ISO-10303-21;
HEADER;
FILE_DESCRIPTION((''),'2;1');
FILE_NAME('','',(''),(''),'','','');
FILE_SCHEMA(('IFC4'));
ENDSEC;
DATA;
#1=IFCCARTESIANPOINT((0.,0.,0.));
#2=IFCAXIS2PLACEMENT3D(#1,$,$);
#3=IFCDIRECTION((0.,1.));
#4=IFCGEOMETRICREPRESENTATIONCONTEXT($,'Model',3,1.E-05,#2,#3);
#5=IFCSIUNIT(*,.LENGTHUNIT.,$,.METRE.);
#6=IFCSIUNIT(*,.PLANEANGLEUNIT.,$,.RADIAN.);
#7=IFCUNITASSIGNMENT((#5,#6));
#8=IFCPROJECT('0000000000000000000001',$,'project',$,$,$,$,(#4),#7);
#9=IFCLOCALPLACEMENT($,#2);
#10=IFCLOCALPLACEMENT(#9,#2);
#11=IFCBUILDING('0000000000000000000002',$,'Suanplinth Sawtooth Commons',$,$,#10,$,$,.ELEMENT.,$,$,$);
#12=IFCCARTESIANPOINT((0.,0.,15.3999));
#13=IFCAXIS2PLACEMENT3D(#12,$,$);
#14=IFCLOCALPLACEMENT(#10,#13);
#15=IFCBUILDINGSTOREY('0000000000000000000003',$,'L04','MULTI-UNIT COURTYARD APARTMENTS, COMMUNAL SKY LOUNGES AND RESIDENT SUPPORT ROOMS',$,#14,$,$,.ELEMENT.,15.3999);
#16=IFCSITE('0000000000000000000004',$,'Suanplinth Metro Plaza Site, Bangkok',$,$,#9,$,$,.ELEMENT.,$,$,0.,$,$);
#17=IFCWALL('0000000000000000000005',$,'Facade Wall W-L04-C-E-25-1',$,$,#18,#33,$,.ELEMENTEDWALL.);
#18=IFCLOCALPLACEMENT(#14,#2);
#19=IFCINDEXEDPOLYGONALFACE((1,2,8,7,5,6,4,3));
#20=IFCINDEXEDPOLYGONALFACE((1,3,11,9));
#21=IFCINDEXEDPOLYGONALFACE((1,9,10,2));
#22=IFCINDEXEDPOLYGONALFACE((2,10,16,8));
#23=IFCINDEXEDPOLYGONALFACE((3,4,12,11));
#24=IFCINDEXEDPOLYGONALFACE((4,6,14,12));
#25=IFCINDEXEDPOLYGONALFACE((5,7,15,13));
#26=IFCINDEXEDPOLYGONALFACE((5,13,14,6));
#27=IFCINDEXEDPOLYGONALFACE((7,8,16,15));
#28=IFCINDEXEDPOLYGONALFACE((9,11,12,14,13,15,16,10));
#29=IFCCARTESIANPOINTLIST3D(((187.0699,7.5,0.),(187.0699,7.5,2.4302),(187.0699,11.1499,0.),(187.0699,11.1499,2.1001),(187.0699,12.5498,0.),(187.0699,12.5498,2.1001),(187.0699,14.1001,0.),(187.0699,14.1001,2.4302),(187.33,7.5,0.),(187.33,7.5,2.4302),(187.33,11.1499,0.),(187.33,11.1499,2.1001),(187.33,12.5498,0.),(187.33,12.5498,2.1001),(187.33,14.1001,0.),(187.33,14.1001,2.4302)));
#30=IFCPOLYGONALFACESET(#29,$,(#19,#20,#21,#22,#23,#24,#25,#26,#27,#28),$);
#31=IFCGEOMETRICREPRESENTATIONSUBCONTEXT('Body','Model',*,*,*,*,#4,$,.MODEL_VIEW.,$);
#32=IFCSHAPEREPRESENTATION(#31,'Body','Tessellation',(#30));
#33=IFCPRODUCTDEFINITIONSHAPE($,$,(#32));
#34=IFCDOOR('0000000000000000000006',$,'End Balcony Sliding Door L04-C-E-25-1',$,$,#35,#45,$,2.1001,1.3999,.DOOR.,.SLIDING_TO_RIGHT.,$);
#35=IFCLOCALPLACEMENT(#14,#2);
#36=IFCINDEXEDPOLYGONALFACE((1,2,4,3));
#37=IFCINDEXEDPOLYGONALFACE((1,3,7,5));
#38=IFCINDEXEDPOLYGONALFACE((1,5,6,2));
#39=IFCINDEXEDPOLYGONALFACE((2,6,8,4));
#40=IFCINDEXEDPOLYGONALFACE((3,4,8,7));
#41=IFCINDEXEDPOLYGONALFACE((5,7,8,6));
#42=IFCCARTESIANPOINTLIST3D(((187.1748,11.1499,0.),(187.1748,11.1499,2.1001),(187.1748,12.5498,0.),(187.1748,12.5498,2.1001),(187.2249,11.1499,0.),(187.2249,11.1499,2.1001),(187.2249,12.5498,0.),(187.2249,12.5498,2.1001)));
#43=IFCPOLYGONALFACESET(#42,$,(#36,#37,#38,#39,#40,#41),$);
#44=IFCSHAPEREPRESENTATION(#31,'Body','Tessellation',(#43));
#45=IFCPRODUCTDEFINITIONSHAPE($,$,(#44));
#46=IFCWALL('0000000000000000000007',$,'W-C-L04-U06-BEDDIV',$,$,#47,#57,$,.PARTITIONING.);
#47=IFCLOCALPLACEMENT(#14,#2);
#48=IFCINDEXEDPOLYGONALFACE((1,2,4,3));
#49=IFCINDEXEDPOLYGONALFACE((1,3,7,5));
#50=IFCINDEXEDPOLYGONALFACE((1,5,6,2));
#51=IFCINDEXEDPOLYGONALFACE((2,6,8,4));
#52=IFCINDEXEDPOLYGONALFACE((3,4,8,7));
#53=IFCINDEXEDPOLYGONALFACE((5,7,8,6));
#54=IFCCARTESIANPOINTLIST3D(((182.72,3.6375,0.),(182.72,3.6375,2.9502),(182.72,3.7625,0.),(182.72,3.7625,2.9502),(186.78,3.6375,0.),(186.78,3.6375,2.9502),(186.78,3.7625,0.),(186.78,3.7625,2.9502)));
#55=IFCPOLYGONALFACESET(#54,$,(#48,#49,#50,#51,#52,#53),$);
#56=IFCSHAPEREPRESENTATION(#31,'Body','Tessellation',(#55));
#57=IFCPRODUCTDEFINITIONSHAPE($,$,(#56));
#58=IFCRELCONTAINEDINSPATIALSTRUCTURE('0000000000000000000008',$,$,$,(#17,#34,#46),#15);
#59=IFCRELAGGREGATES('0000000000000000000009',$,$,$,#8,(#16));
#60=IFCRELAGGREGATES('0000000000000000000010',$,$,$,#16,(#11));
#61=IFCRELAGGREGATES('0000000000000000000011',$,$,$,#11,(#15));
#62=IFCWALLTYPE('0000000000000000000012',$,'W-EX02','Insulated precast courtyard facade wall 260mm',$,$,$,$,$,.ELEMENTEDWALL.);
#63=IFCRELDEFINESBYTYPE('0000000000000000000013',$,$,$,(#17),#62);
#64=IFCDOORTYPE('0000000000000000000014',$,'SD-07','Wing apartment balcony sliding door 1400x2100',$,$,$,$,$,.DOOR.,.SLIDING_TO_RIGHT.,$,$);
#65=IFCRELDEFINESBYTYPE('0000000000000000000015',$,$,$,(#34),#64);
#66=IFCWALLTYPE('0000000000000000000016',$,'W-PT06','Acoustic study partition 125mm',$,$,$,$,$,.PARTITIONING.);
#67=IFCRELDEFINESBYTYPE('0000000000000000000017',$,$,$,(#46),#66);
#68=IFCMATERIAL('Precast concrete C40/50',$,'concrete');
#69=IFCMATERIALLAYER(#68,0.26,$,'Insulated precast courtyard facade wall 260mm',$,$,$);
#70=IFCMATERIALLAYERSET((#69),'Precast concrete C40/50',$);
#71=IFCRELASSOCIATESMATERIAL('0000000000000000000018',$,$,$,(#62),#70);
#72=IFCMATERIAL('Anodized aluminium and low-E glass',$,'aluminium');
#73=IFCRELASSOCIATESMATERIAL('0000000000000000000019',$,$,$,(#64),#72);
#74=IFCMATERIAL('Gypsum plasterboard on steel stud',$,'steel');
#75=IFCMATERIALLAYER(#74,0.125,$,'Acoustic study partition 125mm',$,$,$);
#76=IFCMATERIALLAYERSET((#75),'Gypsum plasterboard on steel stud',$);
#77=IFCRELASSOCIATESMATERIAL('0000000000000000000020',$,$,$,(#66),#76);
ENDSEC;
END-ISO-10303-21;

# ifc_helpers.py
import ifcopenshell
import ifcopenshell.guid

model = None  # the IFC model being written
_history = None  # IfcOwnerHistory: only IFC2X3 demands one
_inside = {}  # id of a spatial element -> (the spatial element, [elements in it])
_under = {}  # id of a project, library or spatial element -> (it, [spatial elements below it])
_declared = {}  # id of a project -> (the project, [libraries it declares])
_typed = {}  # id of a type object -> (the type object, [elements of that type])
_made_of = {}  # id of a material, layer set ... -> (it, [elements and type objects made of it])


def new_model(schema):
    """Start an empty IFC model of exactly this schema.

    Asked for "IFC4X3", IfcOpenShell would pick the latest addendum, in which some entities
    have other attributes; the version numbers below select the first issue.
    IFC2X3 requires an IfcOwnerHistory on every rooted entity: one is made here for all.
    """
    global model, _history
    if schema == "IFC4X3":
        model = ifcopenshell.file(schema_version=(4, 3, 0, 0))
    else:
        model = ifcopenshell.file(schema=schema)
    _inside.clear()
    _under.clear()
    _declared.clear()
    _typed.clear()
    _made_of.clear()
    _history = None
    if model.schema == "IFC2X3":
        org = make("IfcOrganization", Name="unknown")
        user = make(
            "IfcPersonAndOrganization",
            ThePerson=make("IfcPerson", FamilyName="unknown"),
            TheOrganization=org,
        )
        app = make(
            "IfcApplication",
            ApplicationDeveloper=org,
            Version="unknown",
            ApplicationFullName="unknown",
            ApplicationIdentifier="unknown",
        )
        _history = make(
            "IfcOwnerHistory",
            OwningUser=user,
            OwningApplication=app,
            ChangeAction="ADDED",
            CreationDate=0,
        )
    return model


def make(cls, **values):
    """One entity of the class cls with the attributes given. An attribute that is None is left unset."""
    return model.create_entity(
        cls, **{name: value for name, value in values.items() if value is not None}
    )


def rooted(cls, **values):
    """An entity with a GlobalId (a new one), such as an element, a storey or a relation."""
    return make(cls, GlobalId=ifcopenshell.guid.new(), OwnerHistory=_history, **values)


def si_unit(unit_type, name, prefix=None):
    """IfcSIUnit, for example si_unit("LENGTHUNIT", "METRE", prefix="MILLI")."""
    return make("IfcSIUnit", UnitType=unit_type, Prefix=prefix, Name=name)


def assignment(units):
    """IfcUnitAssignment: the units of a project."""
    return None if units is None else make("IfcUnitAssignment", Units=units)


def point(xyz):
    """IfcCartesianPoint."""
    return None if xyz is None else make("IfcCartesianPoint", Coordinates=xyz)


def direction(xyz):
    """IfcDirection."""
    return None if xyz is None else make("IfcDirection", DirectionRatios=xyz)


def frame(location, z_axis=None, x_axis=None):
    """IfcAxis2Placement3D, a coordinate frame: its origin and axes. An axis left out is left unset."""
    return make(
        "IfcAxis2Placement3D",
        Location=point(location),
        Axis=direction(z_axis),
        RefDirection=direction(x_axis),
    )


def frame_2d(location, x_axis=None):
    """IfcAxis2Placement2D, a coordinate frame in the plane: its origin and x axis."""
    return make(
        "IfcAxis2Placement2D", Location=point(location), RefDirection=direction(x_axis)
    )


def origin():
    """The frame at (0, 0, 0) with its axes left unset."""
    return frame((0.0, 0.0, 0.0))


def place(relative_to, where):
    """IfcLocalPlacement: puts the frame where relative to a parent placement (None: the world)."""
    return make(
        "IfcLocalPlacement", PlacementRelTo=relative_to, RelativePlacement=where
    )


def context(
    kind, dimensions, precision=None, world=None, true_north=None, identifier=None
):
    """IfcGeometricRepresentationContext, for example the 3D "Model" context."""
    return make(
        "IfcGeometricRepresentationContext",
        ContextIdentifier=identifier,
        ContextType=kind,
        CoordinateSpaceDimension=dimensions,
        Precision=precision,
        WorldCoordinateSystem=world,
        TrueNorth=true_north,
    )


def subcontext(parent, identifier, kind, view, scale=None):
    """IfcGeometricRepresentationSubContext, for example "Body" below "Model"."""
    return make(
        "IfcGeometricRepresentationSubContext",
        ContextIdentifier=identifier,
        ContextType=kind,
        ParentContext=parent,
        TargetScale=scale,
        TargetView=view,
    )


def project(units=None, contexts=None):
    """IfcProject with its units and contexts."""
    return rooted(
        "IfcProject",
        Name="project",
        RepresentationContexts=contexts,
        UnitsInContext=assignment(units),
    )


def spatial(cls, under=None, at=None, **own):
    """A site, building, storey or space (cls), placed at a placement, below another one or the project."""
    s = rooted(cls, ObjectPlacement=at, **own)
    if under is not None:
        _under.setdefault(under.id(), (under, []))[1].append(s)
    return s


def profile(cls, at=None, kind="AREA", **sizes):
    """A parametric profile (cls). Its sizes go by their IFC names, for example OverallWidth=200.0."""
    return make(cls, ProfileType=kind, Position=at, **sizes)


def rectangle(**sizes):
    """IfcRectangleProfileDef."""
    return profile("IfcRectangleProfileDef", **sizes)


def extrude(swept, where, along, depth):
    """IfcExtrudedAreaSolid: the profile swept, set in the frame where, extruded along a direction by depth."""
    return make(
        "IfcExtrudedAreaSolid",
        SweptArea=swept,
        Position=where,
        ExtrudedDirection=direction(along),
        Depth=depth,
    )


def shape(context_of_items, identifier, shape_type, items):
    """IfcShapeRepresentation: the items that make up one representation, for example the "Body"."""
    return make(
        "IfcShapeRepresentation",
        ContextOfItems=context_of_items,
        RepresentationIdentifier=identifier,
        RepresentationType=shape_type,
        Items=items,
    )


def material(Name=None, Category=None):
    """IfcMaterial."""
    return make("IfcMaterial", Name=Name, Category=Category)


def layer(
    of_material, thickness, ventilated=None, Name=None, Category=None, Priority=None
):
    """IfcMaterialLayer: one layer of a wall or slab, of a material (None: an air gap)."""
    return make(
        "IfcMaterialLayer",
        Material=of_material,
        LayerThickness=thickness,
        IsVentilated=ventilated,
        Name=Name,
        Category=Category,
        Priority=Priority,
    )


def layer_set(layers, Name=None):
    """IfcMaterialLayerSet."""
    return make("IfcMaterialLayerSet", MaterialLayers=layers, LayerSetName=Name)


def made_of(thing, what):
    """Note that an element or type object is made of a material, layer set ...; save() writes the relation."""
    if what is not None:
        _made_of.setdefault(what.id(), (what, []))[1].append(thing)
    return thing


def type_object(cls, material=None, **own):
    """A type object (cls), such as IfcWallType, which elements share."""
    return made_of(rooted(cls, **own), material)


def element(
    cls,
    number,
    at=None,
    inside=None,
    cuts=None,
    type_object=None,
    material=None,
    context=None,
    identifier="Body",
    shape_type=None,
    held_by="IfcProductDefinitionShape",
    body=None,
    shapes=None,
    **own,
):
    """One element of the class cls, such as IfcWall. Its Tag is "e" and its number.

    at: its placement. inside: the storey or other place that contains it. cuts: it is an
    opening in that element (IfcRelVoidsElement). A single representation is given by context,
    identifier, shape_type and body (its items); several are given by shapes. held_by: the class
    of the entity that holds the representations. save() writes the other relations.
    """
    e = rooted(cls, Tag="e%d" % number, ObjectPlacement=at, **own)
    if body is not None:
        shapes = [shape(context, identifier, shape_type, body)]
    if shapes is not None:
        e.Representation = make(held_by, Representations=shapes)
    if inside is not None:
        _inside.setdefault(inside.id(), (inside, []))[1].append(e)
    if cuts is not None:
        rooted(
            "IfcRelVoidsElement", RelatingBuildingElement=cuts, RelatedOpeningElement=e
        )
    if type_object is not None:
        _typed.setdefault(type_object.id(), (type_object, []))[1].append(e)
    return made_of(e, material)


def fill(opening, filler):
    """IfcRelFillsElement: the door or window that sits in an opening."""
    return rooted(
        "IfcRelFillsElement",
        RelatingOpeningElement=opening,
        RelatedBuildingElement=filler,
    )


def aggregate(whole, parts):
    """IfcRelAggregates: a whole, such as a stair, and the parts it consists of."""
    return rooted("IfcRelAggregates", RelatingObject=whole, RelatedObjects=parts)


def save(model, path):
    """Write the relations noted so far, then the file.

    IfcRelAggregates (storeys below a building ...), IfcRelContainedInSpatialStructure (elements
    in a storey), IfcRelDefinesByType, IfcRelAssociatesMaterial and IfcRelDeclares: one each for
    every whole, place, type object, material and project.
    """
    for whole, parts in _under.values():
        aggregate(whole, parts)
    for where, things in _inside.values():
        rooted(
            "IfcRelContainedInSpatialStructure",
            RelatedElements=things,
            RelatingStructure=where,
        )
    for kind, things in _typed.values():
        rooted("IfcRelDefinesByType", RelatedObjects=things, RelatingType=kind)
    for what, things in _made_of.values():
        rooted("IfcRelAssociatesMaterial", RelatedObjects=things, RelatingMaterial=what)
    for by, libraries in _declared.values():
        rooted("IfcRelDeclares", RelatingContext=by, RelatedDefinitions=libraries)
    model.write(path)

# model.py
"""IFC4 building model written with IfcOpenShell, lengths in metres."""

from ifc_helpers import new_model, si_unit, direction, frame, frame_2d, origin, place, context, subcontext, project, spatial, rectangle, extrude, material, layer, layer_set, type_object, element, fill, save


model = new_model("IFC4")

# Units and contexts
model_context = context("Model", 3, precision=1e-05, world=origin(), true_north=direction((0.0, 1.0)))
body_context = subcontext(model_context, "Body", "Model", "MODEL_VIEW")
ifc_project = project(units=[si_unit("LENGTHUNIT", "METRE"), si_unit("PLANEANGLEUNIT", "RADIAN")], contexts=[model_context])

# Site, building, storey
site_placement = place(None, origin())
site = spatial("IfcSite", under=ifc_project, at=site_placement, Name="Suanplinth Metro Plaza Site, Bangkok", CompositionType="ELEMENT", RefElevation=0.0)
building_placement = place(site_placement, origin())
building = spatial("IfcBuilding", under=site, at=building_placement, Name="Suanplinth Sawtooth Commons", CompositionType="ELEMENT")
storey_placement = place(building_placement, frame((0.0, 0.0, 15.3999)))
storey = spatial("IfcBuildingStorey", under=building, at=storey_placement, Name="L04", Description="MULTI-UNIT COURTYARD APARTMENTS, COMMUNAL SKY LOUNGES AND RESIDENT SUPPORT ROOMS", CompositionType="ELEMENT", Elevation=15.3999)

# Shared definitions
ifc_material_1 = material(Name="Precast concrete C40/50", Category="concrete")

# Shared definitions
ifc_layer_1 = layer(ifc_material_1, 0.26, Name="Insulated precast courtyard facade wall 260mm")
ifc_layer_set_1 = layer_set([ifc_layer_1], Name="Precast concrete C40/50")
wall_type_1 = type_object("IfcWallType", Name="W-EX02", Description="Insulated precast courtyard facade wall 260mm", PredefinedType="ELEMENTEDWALL", material=ifc_layer_set_1)
ifc_material_2 = material(Name="Anodized aluminium and low-E glass", Category="aluminium")
door_type_1 = type_object("IfcDoorType", Name="SD-07", Description="Wing apartment balcony sliding door 1400x2100", OperationType="SLIDING_TO_RIGHT", PredefinedType="DOOR", material=ifc_material_2)

# Wall, opening, door
wall_1_placement = place(storey_placement, frame((187.2, 7.5, 0.0), z_axis=(0.0, 0.0, 1.0), x_axis=(0.0, 1.0, 0.0)))
wall_1 = element("IfcWall", 1, at=wall_1_placement, inside=storey, type_object=wall_type_1, Name="Facade Wall W-L04-C-E-25-1", PredefinedType="ELEMENTEDWALL", context=body_context, shape_type="SweptSolid", body=[
    extrude(rectangle(XDim=6.6001, YDim=0.26, at=frame_2d((3.3, 0.0))), origin(), (0.0, 0.0, 1.0), 2.4302),
])
opening_1_placement = place(wall_1_placement, frame((3.6499, 0.0, 0.0)))
opening_1 = element("IfcOpeningElement", 2, at=opening_1_placement, cuts=wall_1, PredefinedType="OPENING", context=body_context, shape_type="SweptSolid", body=[
    extrude(rectangle(XDim=1.3999, YDim=2.1001, at=frame_2d((0.7, 1.05))), frame((0.0, 0.145, 0.0), z_axis=(0.0, -1.0, 0.0), x_axis=(1.0, 0.0, 0.0)), (0.0, 0.0, 1.0), 0.2898),
])
door_1_placement = place(opening_1_placement, frame((1.3999, 0.0, 0.0), z_axis=(0.0, 0.0, 1.0), x_axis=(-1.0, 0.0, 0.0)))
door_1 = element("IfcDoor", 3, at=door_1_placement, inside=storey, type_object=door_type_1, Name="End Balcony Sliding Door L04-C-E-25-1", OperationType="SLIDING_TO_RIGHT", OverallHeight=2.1001, OverallWidth=1.3999, PredefinedType="DOOR", context=body_context, shape_type="SweptSolid", body=[
    extrude(rectangle(XDim=1.3999, YDim=2.1001, at=frame_2d((0.7, 1.05))), frame((0.0, 0.0249, 0.0), z_axis=(0.0, -1.0, 0.0), x_axis=(1.0, 0.0, 0.0)), (0.0, 0.0, 1.0), 0.05),
])
fill(opening_1, door_1)
ifc_material_3 = material(Name="Gypsum plasterboard on steel stud", Category="steel")

# Wall
ifc_layer_2 = layer(ifc_material_3, 0.125, Name="Acoustic study partition 125mm")
ifc_layer_set_2 = layer_set([ifc_layer_2], Name="Gypsum plasterboard on steel stud")
wall_type_2 = type_object("IfcWallType", Name="W-PT06", Description="Acoustic study partition 125mm", PredefinedType="PARTITIONING", material=ifc_layer_set_2)
wall_2_placement = place(storey_placement, frame((182.72, 3.7, 0.0), z_axis=(0.0, 0.0, 1.0), x_axis=(1.0, 0.0, 0.0)))
element("IfcWall", 4, at=wall_2_placement, inside=storey, type_object=wall_type_2, Name="W-C-L04-U06-BEDDIV", PredefinedType="PARTITIONING", context=body_context, shape_type="SweptSolid", body=[
    extrude(rectangle(XDim=4.0601, YDim=0.125, at=frame_2d((2.03, 0.0))), origin(), (0.0, 0.0, 1.0), 2.9502),
])

save(model, "model.ifc")
